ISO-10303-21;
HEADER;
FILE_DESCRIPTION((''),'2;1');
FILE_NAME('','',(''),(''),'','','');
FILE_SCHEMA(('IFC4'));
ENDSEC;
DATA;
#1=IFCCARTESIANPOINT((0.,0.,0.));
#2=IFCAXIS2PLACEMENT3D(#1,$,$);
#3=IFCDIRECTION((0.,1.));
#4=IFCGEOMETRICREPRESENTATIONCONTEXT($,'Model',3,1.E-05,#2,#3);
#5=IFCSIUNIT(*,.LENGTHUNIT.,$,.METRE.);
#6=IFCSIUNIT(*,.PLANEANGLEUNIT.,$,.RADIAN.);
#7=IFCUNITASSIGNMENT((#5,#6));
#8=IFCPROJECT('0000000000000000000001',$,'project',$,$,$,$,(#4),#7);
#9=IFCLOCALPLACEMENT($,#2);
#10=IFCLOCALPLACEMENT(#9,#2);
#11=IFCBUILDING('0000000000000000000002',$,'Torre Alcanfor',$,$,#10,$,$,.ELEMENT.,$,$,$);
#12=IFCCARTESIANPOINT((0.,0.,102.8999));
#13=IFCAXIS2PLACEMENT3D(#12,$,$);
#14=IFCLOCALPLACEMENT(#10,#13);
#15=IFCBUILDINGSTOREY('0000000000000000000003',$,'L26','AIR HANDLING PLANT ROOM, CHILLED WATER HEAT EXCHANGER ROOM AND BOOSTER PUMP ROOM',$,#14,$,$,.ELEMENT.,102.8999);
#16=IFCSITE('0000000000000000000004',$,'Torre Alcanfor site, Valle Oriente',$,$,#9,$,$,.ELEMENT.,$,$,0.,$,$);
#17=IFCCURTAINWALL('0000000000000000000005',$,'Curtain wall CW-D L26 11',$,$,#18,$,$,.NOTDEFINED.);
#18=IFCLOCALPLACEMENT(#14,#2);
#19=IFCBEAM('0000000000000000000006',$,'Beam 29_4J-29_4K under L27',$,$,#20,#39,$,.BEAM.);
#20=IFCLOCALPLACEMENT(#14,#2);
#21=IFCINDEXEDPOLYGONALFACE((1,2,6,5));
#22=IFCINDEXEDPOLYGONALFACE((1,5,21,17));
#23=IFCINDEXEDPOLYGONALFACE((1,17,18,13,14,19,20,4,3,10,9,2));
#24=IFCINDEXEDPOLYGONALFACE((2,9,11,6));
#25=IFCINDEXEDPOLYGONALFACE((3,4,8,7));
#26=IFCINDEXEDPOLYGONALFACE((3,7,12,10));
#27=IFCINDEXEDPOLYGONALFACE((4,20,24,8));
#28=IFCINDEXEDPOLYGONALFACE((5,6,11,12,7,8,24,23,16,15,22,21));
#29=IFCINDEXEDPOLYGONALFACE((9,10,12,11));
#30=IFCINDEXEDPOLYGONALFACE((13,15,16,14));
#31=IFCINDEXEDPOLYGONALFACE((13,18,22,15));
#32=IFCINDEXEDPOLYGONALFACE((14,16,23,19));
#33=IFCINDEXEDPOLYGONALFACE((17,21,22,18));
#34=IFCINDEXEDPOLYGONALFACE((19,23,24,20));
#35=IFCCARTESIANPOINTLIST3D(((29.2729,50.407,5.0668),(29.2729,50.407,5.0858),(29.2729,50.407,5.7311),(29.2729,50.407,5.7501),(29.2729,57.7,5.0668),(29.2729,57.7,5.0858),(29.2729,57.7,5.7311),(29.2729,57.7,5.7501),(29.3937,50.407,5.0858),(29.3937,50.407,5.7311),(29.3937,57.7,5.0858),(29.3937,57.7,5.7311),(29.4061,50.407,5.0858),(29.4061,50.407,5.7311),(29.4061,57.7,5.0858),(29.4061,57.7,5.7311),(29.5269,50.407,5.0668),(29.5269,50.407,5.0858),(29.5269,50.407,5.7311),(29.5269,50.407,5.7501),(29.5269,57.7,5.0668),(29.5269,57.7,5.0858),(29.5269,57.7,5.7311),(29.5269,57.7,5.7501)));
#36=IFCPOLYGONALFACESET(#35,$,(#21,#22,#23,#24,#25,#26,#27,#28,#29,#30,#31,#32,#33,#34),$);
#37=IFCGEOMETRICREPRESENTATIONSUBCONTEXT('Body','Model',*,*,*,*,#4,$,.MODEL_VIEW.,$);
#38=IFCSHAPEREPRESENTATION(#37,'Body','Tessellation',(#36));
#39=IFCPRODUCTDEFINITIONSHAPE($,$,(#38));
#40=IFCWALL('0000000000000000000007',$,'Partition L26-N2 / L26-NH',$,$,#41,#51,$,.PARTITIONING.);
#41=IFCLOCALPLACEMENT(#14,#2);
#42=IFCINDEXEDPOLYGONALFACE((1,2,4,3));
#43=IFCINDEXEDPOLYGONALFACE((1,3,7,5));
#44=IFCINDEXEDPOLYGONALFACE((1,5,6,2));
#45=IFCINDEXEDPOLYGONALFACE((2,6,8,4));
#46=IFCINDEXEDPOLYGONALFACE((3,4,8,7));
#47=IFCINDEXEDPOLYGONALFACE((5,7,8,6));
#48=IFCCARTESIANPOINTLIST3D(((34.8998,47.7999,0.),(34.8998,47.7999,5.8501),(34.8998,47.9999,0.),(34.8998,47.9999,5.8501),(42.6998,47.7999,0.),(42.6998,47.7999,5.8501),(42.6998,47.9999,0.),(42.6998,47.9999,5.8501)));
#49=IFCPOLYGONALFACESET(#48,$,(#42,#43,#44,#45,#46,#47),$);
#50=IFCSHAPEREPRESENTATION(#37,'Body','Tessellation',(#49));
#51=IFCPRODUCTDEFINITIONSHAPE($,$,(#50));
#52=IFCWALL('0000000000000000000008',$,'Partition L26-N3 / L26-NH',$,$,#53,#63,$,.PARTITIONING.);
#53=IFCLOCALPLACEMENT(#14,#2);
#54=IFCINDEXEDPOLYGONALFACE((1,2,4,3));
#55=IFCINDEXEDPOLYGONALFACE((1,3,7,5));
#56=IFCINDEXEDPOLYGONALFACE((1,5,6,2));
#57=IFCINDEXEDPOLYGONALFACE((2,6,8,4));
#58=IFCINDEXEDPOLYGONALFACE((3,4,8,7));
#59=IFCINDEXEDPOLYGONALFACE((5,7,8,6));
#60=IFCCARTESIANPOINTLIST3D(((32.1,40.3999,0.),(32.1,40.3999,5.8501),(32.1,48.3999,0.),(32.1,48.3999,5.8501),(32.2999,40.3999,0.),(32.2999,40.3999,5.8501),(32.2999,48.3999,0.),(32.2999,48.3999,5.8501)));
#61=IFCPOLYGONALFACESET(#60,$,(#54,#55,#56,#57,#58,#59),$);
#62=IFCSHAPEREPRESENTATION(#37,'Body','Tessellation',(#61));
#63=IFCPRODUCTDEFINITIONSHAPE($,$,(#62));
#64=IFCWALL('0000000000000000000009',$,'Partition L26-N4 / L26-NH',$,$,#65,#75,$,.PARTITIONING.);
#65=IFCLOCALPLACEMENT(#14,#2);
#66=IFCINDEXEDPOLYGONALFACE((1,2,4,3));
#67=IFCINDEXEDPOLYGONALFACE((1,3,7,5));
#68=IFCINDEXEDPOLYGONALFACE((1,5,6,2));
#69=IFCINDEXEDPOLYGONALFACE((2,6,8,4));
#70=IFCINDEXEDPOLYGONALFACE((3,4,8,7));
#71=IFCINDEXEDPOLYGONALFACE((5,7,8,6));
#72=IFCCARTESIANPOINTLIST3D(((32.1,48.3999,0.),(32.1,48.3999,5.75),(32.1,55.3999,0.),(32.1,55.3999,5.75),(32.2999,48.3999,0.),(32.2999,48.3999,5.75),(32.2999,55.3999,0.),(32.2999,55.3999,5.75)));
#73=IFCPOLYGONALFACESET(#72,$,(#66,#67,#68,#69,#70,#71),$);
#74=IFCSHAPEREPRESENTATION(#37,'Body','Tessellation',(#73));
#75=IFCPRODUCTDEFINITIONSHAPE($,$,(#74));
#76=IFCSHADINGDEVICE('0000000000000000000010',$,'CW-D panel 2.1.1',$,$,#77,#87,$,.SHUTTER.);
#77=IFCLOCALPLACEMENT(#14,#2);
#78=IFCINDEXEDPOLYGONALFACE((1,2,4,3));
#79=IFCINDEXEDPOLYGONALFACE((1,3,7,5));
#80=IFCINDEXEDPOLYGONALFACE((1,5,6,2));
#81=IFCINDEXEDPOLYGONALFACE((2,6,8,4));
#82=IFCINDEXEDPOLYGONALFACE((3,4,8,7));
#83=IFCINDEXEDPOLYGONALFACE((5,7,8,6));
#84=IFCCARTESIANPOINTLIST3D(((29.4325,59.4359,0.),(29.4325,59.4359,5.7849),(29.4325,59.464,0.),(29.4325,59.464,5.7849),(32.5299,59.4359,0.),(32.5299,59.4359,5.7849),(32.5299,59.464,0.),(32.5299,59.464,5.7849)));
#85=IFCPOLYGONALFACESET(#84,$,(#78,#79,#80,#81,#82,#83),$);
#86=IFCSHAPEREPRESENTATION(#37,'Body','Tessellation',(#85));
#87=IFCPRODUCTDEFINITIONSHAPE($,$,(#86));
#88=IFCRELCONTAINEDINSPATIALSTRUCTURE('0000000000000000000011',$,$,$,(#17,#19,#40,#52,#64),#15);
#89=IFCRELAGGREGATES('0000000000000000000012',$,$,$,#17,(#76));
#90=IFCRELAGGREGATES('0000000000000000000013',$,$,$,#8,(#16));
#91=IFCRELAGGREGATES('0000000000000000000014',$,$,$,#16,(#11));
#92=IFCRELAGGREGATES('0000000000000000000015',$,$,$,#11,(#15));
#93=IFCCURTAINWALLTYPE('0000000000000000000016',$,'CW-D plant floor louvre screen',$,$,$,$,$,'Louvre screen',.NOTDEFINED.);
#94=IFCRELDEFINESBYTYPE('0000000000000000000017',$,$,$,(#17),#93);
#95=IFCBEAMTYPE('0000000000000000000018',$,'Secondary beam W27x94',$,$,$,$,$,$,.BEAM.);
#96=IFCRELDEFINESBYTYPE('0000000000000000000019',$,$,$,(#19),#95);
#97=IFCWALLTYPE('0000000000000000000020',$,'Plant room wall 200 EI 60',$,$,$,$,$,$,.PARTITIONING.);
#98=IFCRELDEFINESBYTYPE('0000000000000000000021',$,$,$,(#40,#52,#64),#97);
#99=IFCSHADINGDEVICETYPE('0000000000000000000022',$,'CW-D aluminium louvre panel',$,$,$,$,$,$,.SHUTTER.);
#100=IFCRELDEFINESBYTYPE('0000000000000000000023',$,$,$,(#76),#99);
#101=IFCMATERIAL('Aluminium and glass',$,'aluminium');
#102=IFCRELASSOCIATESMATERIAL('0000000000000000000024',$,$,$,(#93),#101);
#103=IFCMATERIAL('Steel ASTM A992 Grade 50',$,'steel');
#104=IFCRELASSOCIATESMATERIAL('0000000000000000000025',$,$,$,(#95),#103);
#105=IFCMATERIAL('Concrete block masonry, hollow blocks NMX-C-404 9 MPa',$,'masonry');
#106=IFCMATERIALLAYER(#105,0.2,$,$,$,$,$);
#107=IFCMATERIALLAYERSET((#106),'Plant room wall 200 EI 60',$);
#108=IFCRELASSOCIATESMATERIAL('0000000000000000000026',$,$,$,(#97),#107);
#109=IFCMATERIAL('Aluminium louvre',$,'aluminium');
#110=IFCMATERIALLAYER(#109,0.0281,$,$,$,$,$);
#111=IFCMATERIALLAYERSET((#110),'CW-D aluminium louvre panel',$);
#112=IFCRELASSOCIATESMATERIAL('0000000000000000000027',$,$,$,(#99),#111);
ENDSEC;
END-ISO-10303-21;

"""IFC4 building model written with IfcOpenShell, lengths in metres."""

from ifc_helpers import new_model, si_unit, direction, frame, frame_2d, origin, origin_2d, place, context, subcontext, project, spatial, rectangle, i_section, extrude, material, layer, layer_set, material_profile, profile_set, type_object, element, aggregate, save


model = new_model("IFC4")

# Units and contexts
model_context = context("Model", 3, precision=1e-05, world=origin(), true_north=direction((0.0, 1.0)))
body_context = subcontext(model_context, "Body", "Model", "MODEL_VIEW")
ifc_project = project(units=[si_unit("LENGTHUNIT", "METRE"), si_unit("PLANEANGLEUNIT", "RADIAN")], contexts=[model_context])

# Site, building, storey
site_placement = place(None, origin())
site = spatial("IfcSite", under=ifc_project, at=site_placement, Name="Torre Alcanfor site, Valle Oriente", CompositionType="ELEMENT", RefElevation=0.0)
building_placement = place(site_placement, origin())
building = spatial("IfcBuilding", under=site, at=building_placement, Name="Torre Alcanfor", CompositionType="ELEMENT")
storey_placement = place(building_placement, frame((0.0, 0.0, 102.8999)))
storey = spatial("IfcBuildingStorey", under=building, at=storey_placement, Name="L26", Description="AIR HANDLING PLANT ROOM, CHILLED WATER HEAT EXCHANGER ROOM AND BOOSTER PUMP ROOM", CompositionType="ELEMENT", Elevation=102.8999)

# Curtain wall
ifc_material_1 = material(Name="Aluminium and glass", Category="aluminium")
curtain_wall_type = type_object("IfcCurtainWallType", Name="CW-D plant floor louvre screen", ElementType="Louvre screen", PredefinedType="NOTDEFINED", material=ifc_material_1)
curtain_wall_placement = place(storey_placement, origin())
curtain_wall = element("IfcCurtainWall", 1, at=curtain_wall_placement, inside=storey, type_object=curtain_wall_type, Name="Curtain wall CW-D L26 11", PredefinedType="NOTDEFINED")

# Beam
ifc_material_2 = material(Name="Steel ASTM A992 Grade 50", Category="steel")
ifc_material_profile_1 = material_profile(ifc_material_2, i_section(OverallWidth=0.2539, OverallDepth=0.6833, WebThickness=0.0125, FlangeThickness=0.019, at=origin_2d()), Name="W27x94")
ifc_profile_set_1 = profile_set([ifc_material_profile_1], Name="Steel ASTM A992 Grade 50")
beam_type_1 = type_object("IfcBeamType", Name="Secondary beam W27x94", PredefinedType="BEAM", material=ifc_profile_set_1)
beam_1_placement = place(storey_placement, frame((29.3999, 50.407, 5.4084), z_axis=(0.0, 1.0, 0.0), x_axis=(-1.0, 0.0, 0.0)))
element("IfcBeam", 2, at=beam_1_placement, inside=storey, type_object=beam_type_1, Name="Beam 29_4J-29_4K under L27", PredefinedType="BEAM", context=body_context, shape_type="SweptSolid", body=[
    extrude(i_section(OverallWidth=0.2539, OverallDepth=0.6833, WebThickness=0.0125, FlangeThickness=0.019, at=origin_2d()), origin(), (0.0, 0.0, 1.0), 7.293),
])

# Walls
ifc_material_3 = material(Name="Concrete block masonry, hollow blocks NMX-C-404 9 MPa", Category="masonry")
ifc_layer_1 = layer(ifc_material_3, 0.2)
ifc_layer_set_1 = layer_set([ifc_layer_1], Name="Plant room wall 200 EI 60")
wall_type = type_object("IfcWallType", Name="Plant room wall 200 EI 60", PredefinedType="PARTITIONING", material=ifc_layer_set_1)
wall_1_placement = place(storey_placement, frame((34.8999, 47.8999, 0.0), z_axis=(0.0, 0.0, 1.0), x_axis=(1.0, 0.0, 0.0)))
element("IfcWall", 3, at=wall_1_placement, inside=storey, type_object=wall_type, Name="Partition L26-N2 / L26-NH", PredefinedType="PARTITIONING", context=body_context, shape_type="SweptSolid", body=[
    extrude(rectangle(XDim=7.8, YDim=0.2, at=frame_2d((3.8999, 0.0))), origin(), (0.0, 0.0, 1.0), 5.8501),
])
wall_2_placement = place(storey_placement, frame((32.2, 48.3999, 0.0), z_axis=(0.0, 0.0, 1.0), x_axis=(0.0, -1.0, 0.0)))
element("IfcWall", 4, at=wall_2_placement, inside=storey, type_object=wall_type, Name="Partition L26-N3 / L26-NH", PredefinedType="PARTITIONING", context=body_context, shape_type="SweptSolid", body=[
    extrude(rectangle(XDim=8.0, YDim=0.2, at=frame_2d((4.0, 0.0))), origin(), (0.0, 0.0, 1.0), 5.8501),
])
wall_3_placement = place(storey_placement, frame((32.2, 55.3999, 0.0), z_axis=(0.0, 0.0, 1.0), x_axis=(0.0, -1.0, 0.0)))
element("IfcWall", 5, at=wall_3_placement, inside=storey, type_object=wall_type, Name="Partition L26-N4 / L26-NH", PredefinedType="PARTITIONING", context=body_context, shape_type="SweptSolid", body=[
    extrude(rectangle(XDim=7.0, YDim=0.2, at=frame_2d((3.5, 0.0))), origin(), (0.0, 0.0, 1.0), 5.75),
])

# Shading device
ifc_material_4 = material(Name="Aluminium louvre", Category="aluminium")
ifc_layer_2 = layer(ifc_material_4, 0.0281)
ifc_layer_set_2 = layer_set([ifc_layer_2], Name="CW-D aluminium louvre panel")
shading_device_type = type_object("IfcShadingDeviceType", Name="CW-D aluminium louvre panel", PredefinedType="SHUTTER", material=ifc_layer_set_2)
shading_device_placement = place(storey_placement, frame((30.9812, 59.45, 0.0), z_axis=(0.0, 0.0, 1.0), x_axis=(-1.0, 0.0, 0.0)))
shading_device = element("IfcShadingDevice", 6, at=shading_device_placement, type_object=shading_device_type, Name="CW-D panel 2.1.1", PredefinedType="SHUTTER", context=body_context, shape_type="SweptSolid", body=[
    extrude(rectangle(XDim=3.0974, YDim=0.0281, at=origin_2d()), origin(), (0.0, 0.0, 1.0), 5.7849),
])
aggregate(curtain_wall, [shading_device])

save(model, "model.ifc")
